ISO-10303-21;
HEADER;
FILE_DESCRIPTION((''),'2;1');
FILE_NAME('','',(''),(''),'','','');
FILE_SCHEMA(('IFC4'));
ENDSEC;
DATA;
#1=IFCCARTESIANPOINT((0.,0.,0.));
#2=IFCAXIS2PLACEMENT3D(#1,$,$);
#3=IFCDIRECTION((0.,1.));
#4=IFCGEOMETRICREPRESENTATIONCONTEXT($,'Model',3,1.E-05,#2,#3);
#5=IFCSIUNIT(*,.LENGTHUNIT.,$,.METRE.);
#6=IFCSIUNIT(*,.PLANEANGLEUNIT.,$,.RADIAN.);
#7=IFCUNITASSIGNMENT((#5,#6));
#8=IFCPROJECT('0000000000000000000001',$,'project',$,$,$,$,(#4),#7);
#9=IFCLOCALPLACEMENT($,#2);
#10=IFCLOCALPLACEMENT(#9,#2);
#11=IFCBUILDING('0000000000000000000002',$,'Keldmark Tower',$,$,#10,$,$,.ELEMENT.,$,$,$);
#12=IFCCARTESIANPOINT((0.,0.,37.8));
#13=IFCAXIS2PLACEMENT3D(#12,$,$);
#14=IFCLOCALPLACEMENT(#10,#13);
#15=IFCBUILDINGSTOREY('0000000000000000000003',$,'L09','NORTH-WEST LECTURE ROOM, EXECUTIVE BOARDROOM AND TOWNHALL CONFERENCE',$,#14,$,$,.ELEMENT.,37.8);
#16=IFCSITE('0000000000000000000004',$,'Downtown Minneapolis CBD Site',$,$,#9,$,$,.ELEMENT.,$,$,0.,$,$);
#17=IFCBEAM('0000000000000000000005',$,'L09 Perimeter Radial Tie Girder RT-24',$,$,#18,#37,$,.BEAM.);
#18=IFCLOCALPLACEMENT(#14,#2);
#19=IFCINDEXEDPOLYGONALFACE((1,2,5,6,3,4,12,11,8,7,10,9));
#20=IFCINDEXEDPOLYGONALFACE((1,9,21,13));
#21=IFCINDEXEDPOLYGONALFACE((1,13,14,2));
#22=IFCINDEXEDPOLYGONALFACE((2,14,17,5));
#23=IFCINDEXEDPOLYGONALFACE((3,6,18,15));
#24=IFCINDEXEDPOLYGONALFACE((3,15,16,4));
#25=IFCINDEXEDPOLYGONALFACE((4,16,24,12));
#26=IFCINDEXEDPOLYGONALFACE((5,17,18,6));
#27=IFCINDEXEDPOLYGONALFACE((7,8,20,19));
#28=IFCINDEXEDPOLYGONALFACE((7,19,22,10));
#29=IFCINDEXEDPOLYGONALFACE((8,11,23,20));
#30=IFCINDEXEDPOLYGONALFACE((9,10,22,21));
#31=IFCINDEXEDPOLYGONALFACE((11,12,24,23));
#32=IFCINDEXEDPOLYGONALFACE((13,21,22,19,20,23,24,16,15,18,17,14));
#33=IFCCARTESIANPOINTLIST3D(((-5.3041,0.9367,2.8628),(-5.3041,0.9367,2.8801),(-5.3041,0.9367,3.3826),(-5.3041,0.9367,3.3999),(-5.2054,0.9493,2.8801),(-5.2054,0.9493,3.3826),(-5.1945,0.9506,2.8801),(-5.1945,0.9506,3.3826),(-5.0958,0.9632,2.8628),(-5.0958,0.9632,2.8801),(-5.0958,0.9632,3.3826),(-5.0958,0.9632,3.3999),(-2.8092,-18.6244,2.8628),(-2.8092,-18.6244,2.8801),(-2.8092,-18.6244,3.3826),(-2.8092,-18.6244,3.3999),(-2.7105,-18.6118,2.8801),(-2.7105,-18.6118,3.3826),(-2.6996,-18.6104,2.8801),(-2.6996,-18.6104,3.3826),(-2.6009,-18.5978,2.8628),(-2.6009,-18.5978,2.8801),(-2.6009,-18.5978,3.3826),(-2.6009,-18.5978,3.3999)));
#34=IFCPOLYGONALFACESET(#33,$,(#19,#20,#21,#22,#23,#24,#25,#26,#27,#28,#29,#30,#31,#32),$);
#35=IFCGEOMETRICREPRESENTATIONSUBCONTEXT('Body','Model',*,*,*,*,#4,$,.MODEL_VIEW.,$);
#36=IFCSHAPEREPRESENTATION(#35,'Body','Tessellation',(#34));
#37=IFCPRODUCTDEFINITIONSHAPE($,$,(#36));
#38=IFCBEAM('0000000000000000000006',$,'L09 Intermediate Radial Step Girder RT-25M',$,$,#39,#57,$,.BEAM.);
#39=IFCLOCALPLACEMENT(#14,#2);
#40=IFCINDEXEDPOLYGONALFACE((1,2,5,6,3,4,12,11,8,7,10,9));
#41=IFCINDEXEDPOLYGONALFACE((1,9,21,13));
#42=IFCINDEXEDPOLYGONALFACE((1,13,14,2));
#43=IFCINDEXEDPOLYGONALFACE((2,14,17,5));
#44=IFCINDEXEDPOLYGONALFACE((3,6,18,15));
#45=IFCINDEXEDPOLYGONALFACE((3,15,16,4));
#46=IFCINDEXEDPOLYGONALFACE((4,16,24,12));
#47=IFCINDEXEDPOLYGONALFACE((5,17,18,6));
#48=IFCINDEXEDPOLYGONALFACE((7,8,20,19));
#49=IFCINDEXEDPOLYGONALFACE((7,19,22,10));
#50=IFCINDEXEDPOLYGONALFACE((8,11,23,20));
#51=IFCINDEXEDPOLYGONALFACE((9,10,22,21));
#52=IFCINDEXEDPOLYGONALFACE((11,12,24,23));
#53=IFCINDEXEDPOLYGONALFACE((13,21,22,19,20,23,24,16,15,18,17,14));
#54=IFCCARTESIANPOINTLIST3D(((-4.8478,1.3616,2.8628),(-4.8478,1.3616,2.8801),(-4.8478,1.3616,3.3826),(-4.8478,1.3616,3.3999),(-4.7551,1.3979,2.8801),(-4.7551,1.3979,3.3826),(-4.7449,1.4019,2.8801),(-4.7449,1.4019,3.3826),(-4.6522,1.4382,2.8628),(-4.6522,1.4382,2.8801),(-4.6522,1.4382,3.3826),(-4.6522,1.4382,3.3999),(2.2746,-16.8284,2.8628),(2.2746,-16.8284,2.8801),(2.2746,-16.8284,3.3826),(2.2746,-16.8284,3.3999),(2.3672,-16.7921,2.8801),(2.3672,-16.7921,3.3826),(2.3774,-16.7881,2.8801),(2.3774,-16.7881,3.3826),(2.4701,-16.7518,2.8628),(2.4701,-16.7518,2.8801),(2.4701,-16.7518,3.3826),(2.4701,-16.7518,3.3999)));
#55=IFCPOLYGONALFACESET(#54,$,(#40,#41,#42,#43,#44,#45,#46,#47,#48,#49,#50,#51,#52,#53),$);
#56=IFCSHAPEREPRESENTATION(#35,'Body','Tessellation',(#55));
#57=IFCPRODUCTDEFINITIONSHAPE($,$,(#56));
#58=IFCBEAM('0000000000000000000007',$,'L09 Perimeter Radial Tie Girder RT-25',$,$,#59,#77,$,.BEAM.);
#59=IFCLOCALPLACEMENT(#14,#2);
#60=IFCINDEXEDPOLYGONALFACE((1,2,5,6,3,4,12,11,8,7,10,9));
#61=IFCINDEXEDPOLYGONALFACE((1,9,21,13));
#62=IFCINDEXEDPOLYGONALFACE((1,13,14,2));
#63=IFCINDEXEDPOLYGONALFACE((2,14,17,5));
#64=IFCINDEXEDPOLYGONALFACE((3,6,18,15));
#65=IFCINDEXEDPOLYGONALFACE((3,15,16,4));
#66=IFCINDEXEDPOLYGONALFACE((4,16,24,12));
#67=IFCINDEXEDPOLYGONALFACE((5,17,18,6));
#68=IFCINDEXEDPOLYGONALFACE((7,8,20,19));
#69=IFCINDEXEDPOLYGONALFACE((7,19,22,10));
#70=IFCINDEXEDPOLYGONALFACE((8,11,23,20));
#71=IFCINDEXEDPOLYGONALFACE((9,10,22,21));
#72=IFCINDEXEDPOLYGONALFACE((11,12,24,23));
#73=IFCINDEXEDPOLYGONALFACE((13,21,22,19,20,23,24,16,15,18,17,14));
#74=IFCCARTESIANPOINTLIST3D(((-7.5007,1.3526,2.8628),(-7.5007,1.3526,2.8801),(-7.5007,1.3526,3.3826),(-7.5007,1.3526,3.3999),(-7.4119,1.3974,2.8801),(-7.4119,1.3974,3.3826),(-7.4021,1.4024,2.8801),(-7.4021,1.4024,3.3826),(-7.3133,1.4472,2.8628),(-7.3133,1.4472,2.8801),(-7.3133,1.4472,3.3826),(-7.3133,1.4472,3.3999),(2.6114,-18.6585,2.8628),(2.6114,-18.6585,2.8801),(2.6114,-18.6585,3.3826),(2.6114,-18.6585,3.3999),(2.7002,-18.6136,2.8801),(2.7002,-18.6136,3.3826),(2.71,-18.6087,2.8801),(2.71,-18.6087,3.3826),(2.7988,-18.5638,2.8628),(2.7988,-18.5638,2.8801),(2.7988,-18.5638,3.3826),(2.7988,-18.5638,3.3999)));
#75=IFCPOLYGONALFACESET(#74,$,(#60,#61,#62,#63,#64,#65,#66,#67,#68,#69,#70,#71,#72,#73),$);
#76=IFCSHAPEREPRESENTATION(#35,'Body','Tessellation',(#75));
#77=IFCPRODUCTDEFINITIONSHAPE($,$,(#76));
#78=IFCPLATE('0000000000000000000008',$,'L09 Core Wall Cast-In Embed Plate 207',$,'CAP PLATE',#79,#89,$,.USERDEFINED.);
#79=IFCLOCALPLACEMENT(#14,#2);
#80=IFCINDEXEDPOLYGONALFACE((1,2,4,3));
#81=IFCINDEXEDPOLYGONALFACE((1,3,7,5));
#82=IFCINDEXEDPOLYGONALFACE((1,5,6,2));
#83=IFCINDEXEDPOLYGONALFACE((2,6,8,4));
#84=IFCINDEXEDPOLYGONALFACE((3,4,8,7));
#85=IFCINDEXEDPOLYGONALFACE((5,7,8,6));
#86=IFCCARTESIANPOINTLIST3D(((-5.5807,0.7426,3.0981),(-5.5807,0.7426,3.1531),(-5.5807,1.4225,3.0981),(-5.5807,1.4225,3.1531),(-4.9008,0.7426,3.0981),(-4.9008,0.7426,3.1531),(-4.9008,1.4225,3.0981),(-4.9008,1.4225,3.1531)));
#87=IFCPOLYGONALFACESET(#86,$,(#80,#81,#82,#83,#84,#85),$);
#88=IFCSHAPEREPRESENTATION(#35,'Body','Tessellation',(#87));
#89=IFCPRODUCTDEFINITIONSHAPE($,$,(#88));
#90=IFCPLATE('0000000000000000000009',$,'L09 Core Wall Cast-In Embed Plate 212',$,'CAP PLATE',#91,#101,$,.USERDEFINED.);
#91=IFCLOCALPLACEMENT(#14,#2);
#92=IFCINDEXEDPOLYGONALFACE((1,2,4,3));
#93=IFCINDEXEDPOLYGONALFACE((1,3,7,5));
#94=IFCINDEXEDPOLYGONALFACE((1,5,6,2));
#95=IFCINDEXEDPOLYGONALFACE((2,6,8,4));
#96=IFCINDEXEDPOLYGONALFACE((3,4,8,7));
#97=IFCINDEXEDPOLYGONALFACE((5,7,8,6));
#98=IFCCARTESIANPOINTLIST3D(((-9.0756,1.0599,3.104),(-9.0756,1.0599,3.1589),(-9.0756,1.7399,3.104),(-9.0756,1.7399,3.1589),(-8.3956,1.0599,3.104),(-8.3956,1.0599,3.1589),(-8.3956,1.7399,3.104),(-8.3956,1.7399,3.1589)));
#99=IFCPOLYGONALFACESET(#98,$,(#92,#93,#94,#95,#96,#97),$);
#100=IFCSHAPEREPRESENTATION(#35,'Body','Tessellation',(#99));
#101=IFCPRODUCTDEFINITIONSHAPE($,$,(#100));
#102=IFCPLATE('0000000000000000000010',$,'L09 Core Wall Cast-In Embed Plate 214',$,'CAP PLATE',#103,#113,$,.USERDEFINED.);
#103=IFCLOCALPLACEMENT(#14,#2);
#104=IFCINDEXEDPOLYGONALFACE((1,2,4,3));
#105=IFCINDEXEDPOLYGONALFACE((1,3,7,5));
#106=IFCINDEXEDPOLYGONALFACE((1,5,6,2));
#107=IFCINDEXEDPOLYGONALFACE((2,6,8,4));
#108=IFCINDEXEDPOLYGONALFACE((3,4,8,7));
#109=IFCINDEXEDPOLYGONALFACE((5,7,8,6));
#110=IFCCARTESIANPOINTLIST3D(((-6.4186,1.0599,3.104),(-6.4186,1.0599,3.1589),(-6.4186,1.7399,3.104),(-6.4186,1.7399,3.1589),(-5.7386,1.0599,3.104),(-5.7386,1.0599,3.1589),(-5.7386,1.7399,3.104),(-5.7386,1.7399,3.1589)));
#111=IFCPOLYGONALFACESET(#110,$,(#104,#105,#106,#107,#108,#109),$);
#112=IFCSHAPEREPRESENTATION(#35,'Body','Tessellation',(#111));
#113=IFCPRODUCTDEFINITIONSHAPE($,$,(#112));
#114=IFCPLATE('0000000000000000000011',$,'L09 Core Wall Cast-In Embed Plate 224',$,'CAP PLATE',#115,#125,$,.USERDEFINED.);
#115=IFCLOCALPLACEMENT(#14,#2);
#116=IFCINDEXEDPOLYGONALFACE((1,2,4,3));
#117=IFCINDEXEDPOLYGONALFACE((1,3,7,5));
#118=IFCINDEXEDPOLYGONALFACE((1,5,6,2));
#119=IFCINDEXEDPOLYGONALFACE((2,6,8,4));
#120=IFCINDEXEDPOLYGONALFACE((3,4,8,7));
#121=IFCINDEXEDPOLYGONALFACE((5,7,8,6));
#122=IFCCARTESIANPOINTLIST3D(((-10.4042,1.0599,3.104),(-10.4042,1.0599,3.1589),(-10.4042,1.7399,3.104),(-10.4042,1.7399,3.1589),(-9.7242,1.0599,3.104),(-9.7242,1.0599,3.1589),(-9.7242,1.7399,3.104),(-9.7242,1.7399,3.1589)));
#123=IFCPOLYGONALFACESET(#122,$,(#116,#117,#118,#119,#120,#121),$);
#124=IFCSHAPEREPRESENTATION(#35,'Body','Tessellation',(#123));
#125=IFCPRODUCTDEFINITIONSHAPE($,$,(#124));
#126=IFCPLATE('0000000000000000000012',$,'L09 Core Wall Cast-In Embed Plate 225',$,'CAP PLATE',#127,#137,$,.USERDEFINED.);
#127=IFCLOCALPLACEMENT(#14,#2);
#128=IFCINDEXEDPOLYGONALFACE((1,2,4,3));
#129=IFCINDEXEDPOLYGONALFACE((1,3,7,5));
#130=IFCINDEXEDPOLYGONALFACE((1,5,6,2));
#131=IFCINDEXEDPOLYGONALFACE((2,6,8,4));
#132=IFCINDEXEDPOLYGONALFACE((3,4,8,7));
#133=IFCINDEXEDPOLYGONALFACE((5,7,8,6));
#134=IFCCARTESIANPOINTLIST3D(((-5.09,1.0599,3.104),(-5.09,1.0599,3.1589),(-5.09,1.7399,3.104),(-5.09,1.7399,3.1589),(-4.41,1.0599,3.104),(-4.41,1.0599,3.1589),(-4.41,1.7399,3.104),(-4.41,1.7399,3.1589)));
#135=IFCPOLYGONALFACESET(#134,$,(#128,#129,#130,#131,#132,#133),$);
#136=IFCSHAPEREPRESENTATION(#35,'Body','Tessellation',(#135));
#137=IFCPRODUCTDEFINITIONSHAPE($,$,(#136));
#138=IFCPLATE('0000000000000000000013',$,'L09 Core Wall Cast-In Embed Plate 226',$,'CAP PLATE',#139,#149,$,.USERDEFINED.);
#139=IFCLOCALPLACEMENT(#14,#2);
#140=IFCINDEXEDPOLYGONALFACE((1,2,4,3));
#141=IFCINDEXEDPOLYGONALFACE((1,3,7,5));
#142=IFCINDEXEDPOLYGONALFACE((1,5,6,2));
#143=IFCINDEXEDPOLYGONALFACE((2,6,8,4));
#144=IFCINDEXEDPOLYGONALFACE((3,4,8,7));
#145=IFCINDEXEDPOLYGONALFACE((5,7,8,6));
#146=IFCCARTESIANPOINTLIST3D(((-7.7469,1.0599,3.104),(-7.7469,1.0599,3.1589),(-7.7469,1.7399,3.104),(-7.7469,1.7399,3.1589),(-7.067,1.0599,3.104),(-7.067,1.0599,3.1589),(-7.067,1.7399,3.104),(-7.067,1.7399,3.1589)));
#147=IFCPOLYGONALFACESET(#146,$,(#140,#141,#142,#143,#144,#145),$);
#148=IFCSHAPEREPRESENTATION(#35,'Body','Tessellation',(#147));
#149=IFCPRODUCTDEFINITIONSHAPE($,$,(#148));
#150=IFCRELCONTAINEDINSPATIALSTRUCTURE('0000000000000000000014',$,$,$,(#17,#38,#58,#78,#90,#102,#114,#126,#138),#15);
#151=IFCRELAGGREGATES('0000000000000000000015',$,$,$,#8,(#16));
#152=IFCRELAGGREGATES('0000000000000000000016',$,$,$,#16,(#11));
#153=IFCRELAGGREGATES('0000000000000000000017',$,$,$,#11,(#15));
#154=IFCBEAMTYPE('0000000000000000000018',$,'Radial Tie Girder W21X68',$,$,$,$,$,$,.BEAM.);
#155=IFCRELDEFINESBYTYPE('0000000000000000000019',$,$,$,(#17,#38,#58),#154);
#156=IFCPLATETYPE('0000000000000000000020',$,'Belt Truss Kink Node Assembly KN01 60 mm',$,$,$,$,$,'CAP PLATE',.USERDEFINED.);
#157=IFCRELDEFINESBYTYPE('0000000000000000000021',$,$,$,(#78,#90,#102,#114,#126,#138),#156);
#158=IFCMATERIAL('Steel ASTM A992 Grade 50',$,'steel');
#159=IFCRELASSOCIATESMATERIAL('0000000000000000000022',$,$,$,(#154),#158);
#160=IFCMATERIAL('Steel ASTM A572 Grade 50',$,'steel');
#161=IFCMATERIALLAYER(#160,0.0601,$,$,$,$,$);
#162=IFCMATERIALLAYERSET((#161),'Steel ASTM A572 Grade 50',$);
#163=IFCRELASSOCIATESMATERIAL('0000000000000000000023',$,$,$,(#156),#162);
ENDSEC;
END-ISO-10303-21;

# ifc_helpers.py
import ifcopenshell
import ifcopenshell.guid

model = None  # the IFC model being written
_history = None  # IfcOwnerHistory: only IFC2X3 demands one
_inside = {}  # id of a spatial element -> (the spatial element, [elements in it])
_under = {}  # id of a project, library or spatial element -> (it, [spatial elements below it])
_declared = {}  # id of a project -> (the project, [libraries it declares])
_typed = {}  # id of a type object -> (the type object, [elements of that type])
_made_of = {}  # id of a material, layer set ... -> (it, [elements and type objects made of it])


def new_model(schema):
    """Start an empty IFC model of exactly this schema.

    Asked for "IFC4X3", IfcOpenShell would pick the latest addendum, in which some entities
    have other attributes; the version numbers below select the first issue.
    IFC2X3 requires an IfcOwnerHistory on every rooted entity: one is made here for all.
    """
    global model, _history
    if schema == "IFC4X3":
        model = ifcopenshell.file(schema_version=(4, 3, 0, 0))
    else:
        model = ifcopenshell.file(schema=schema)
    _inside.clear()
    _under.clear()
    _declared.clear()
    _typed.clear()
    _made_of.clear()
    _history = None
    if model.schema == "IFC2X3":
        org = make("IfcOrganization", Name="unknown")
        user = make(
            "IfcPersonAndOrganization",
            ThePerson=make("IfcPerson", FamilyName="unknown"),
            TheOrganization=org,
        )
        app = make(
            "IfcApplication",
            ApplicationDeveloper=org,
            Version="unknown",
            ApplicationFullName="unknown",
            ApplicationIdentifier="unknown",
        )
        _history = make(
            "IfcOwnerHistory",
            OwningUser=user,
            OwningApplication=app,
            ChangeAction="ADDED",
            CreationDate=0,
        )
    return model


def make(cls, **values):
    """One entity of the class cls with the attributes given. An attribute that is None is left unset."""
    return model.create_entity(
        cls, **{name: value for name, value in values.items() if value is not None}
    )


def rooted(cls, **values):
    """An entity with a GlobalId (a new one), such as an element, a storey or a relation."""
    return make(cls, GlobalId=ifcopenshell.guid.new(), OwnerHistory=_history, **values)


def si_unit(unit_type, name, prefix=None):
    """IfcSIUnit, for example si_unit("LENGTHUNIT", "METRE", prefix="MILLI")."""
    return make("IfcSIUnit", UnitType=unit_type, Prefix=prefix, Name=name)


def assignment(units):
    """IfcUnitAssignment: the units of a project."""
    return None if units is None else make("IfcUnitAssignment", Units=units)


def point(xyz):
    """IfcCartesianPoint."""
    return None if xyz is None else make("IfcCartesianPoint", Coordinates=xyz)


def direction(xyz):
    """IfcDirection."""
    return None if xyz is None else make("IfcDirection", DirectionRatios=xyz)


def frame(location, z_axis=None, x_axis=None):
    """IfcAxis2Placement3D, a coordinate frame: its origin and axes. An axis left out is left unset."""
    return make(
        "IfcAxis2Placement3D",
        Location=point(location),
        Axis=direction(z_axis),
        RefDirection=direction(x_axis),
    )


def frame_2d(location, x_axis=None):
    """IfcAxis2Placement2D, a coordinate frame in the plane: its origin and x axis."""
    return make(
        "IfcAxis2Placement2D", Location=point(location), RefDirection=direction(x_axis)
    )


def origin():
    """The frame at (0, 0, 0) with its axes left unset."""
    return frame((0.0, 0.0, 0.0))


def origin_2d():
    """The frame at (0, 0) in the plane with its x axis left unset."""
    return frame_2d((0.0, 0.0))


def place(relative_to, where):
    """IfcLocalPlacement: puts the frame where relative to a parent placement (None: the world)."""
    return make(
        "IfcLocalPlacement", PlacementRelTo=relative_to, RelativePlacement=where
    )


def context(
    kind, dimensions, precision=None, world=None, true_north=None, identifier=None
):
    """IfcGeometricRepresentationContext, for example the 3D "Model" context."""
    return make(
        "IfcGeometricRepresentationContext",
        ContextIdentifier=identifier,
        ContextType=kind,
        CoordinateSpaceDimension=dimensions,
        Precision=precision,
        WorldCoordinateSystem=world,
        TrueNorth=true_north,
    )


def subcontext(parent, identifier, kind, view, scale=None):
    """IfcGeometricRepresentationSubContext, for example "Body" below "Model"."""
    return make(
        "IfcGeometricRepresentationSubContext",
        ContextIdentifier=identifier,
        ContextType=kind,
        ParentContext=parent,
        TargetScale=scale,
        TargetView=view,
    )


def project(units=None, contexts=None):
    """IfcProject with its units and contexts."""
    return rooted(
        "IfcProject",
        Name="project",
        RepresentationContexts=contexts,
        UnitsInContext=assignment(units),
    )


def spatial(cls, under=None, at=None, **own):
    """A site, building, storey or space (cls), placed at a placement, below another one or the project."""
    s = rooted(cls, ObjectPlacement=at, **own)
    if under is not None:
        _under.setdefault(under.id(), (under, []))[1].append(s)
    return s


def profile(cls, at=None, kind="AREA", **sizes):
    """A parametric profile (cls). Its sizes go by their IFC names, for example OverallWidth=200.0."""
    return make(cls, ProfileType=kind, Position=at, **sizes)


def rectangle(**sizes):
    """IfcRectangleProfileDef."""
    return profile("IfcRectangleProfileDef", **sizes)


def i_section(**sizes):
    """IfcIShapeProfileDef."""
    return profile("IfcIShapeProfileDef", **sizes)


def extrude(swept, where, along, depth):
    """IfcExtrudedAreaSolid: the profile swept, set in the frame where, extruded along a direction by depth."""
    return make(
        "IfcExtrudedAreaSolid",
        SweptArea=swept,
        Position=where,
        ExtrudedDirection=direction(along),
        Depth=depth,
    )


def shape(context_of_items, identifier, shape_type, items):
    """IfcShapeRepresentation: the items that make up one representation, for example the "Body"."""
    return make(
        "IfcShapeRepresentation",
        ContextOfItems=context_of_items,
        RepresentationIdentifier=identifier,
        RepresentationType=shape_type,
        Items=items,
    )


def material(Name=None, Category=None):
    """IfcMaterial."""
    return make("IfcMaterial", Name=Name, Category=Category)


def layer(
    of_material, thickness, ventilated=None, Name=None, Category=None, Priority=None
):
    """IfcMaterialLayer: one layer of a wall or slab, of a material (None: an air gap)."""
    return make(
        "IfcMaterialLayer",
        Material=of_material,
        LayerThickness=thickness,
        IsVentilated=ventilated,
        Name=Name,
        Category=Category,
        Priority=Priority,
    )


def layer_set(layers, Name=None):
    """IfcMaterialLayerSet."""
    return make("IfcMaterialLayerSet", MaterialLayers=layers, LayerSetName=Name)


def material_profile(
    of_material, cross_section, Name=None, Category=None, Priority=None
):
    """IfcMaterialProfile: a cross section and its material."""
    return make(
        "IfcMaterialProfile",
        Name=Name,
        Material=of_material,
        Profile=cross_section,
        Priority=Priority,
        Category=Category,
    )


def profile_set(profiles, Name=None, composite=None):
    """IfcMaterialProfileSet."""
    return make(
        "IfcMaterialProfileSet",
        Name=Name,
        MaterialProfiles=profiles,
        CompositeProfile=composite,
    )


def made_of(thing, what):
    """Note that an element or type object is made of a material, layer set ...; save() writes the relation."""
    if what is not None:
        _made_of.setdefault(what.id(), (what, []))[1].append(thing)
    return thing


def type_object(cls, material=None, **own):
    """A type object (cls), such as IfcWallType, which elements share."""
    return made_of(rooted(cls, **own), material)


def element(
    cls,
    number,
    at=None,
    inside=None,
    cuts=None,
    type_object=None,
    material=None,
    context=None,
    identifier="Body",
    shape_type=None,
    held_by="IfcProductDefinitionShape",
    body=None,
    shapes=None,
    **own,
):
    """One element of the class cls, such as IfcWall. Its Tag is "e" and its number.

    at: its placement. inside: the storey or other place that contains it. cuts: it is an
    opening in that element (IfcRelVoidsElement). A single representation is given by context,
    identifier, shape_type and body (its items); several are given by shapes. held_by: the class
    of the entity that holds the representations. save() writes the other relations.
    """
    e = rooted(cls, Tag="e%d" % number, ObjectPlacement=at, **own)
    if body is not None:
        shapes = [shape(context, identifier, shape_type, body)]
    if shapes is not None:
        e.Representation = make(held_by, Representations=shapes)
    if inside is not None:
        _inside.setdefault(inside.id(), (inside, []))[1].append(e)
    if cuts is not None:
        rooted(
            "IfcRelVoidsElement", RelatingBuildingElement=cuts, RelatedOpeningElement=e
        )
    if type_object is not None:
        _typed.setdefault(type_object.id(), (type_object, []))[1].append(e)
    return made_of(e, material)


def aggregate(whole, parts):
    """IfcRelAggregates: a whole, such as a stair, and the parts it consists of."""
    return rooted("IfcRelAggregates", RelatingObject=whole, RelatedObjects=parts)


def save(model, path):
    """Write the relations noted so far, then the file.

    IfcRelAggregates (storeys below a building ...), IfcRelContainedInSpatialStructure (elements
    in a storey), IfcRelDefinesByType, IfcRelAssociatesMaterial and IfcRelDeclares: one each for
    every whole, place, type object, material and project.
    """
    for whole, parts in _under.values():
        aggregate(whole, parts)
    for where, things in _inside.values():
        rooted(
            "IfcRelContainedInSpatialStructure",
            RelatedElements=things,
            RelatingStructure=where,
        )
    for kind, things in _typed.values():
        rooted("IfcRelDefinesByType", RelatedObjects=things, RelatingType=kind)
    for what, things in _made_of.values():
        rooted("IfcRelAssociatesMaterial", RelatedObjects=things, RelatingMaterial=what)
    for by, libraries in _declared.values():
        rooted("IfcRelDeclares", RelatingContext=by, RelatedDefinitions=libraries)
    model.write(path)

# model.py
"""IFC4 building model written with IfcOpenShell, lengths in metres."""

from ifc_helpers import new_model, si_unit, direction, frame, origin, origin_2d, place, context, subcontext, project, spatial, rectangle, i_section, extrude, material, layer, layer_set, material_profile, profile_set, type_object, element, save


model = new_model("IFC4")

# Units and contexts
model_context = context("Model", 3, precision=1e-05, world=origin(), true_north=direction((0.0, 1.0)))
body_context = subcontext(model_context, "Body", "Model", "MODEL_VIEW")
ifc_project = project(units=[si_unit("LENGTHUNIT", "METRE"), si_unit("PLANEANGLEUNIT", "RADIAN")], contexts=[model_context])

# Site, building, storey
site_placement = place(None, origin())
site = spatial("IfcSite", under=ifc_project, at=site_placement, Name="Downtown Minneapolis CBD Site", CompositionType="ELEMENT", RefElevation=0.0)
building_placement = place(site_placement, origin())
building = spatial("IfcBuilding", under=site, at=building_placement, Name="Keldmark Tower", CompositionType="ELEMENT")
storey_placement = place(building_placement, frame((0.0, 0.0, 37.8)))
storey = spatial("IfcBuildingStorey", under=building, at=storey_placement, Name="L09", Description="NORTH-WEST LECTURE ROOM, EXECUTIVE BOARDROOM AND TOWNHALL CONFERENCE", CompositionType="ELEMENT", Elevation=37.8)

# Beams
ifc_material_1 = material(Name="Steel ASTM A992 Grade 50", Category="steel")
ifc_material_profile_1 = material_profile(ifc_material_1, i_section(OverallWidth=0.21, OverallDepth=0.5371, WebThickness=0.011, FlangeThickness=0.0173, at=origin_2d()), Name="W21X68")
ifc_profile_set_1 = profile_set([ifc_material_profile_1], Name="Steel ASTM A992 Grade 50")
beam_type_1 = type_object("IfcBeamType", Name="Radial Tie Girder W21X68", PredefinedType="BEAM", material=ifc_profile_set_1)
beam_1_placement = place(storey_placement, frame((-5.2, 0.95, 3.1313), z_axis=(0.126518, -0.991964, 0.0), x_axis=(0.991964, 0.126518, 0.0)))
element("IfcBeam", 1, at=beam_1_placement, inside=storey, type_object=beam_type_1, Name="L09 Perimeter Radial Tie Girder RT-24", PredefinedType="BEAM", context=body_context, shape_type="SweptSolid", body=[
    extrude(i_section(OverallWidth=0.21, OverallDepth=0.5371, WebThickness=0.011, FlangeThickness=0.0173, at=origin_2d()), origin(), (0.0, 0.0, 1.0), 19.7195),
])
beam_2_placement = place(storey_placement, frame((-4.75, 1.3999, 3.1313), z_axis=(0.3646, -0.931164, 0.0), x_axis=(0.931164, 0.3646, 0.0)))
element("IfcBeam", 2, at=beam_2_placement, inside=storey, type_object=beam_type_1, Name="L09 Intermediate Radial Step Girder RT-25M", PredefinedType="BEAM", context=body_context, shape_type="SweptSolid", body=[
    extrude(i_section(OverallWidth=0.21, OverallDepth=0.5371, WebThickness=0.011, FlangeThickness=0.0173, at=origin_2d()), origin(), (0.0, 0.0, 1.0), 19.5347),
])
beam_3_placement = place(storey_placement, frame((-7.407, 1.3999, 3.1313), z_axis=(0.451012, -0.892518, 0.0), x_axis=(0.892518, 0.451012, 0.0)))
element("IfcBeam", 3, at=beam_3_placement, inside=storey, type_object=beam_type_1, Name="L09 Perimeter Radial Tie Girder RT-25", PredefinedType="BEAM", context=body_context, shape_type="SweptSolid", body=[
    extrude(i_section(OverallWidth=0.21, OverallDepth=0.5371, WebThickness=0.011, FlangeThickness=0.0173, at=origin_2d()), origin(), (0.0, 0.0, 1.0), 22.4209),
])

# Plates
ifc_material_2 = material(Name="Steel ASTM A572 Grade 50", Category="steel")
ifc_layer_1 = layer(ifc_material_2, 0.0601)
ifc_layer_set_1 = layer_set([ifc_layer_1], Name="Steel ASTM A572 Grade 50")
plate_type = type_object("IfcPlateType", Name="Belt Truss Kink Node Assembly KN01 60 mm", ElementType="CAP PLATE", PredefinedType="USERDEFINED", material=ifc_layer_set_1)
for number, where, z_axis, x_axis, name in (
    (4, (-5.2407, 1.0825, 3.0981), (0.0, 0.0, 1.0), (1.0, 0.0, 0.0), "L09 Core Wall Cast-In Embed Plate 207"),
    (5, (-8.7356, 1.3999, 3.104), (0.0, 0.0, 1.0), (1.0, 0.0, 0.0), "L09 Core Wall Cast-In Embed Plate 212"),
    (6, (-6.0786, 1.3999, 3.104), (0.0, 0.0, 1.0), (1.0, 0.0, 0.0), "L09 Core Wall Cast-In Embed Plate 214"),
    (7, (-10.0642, 1.3999, 3.104), (0.0, 0.0, 1.0), (1.0, 0.0, 0.0), "L09 Core Wall Cast-In Embed Plate 224"),
    (8, (-4.75, 1.3999, 3.104), (0.0, 0.0, 1.0), (1.0, 0.0, 0.0), "L09 Core Wall Cast-In Embed Plate 225"),
    (9, (-7.407, 1.3999, 3.104), (0.0, 0.0, 1.0), (1.0, 0.0, 0.0), "L09 Core Wall Cast-In Embed Plate 226"),
):
    element("IfcPlate", number, at=place(storey_placement, frame(where, z_axis=z_axis, x_axis=x_axis)), inside=storey, type_object=plate_type, Name=name, ObjectType="CAP PLATE", PredefinedType="USERDEFINED", context=body_context, shape_type="SweptSolid", body=[
        extrude(rectangle(XDim=0.6799, YDim=0.6799, at=origin_2d()), origin(), (0.0, 0.0, 1.0), 0.0549),
    ])

save(model, "model.ifc")
